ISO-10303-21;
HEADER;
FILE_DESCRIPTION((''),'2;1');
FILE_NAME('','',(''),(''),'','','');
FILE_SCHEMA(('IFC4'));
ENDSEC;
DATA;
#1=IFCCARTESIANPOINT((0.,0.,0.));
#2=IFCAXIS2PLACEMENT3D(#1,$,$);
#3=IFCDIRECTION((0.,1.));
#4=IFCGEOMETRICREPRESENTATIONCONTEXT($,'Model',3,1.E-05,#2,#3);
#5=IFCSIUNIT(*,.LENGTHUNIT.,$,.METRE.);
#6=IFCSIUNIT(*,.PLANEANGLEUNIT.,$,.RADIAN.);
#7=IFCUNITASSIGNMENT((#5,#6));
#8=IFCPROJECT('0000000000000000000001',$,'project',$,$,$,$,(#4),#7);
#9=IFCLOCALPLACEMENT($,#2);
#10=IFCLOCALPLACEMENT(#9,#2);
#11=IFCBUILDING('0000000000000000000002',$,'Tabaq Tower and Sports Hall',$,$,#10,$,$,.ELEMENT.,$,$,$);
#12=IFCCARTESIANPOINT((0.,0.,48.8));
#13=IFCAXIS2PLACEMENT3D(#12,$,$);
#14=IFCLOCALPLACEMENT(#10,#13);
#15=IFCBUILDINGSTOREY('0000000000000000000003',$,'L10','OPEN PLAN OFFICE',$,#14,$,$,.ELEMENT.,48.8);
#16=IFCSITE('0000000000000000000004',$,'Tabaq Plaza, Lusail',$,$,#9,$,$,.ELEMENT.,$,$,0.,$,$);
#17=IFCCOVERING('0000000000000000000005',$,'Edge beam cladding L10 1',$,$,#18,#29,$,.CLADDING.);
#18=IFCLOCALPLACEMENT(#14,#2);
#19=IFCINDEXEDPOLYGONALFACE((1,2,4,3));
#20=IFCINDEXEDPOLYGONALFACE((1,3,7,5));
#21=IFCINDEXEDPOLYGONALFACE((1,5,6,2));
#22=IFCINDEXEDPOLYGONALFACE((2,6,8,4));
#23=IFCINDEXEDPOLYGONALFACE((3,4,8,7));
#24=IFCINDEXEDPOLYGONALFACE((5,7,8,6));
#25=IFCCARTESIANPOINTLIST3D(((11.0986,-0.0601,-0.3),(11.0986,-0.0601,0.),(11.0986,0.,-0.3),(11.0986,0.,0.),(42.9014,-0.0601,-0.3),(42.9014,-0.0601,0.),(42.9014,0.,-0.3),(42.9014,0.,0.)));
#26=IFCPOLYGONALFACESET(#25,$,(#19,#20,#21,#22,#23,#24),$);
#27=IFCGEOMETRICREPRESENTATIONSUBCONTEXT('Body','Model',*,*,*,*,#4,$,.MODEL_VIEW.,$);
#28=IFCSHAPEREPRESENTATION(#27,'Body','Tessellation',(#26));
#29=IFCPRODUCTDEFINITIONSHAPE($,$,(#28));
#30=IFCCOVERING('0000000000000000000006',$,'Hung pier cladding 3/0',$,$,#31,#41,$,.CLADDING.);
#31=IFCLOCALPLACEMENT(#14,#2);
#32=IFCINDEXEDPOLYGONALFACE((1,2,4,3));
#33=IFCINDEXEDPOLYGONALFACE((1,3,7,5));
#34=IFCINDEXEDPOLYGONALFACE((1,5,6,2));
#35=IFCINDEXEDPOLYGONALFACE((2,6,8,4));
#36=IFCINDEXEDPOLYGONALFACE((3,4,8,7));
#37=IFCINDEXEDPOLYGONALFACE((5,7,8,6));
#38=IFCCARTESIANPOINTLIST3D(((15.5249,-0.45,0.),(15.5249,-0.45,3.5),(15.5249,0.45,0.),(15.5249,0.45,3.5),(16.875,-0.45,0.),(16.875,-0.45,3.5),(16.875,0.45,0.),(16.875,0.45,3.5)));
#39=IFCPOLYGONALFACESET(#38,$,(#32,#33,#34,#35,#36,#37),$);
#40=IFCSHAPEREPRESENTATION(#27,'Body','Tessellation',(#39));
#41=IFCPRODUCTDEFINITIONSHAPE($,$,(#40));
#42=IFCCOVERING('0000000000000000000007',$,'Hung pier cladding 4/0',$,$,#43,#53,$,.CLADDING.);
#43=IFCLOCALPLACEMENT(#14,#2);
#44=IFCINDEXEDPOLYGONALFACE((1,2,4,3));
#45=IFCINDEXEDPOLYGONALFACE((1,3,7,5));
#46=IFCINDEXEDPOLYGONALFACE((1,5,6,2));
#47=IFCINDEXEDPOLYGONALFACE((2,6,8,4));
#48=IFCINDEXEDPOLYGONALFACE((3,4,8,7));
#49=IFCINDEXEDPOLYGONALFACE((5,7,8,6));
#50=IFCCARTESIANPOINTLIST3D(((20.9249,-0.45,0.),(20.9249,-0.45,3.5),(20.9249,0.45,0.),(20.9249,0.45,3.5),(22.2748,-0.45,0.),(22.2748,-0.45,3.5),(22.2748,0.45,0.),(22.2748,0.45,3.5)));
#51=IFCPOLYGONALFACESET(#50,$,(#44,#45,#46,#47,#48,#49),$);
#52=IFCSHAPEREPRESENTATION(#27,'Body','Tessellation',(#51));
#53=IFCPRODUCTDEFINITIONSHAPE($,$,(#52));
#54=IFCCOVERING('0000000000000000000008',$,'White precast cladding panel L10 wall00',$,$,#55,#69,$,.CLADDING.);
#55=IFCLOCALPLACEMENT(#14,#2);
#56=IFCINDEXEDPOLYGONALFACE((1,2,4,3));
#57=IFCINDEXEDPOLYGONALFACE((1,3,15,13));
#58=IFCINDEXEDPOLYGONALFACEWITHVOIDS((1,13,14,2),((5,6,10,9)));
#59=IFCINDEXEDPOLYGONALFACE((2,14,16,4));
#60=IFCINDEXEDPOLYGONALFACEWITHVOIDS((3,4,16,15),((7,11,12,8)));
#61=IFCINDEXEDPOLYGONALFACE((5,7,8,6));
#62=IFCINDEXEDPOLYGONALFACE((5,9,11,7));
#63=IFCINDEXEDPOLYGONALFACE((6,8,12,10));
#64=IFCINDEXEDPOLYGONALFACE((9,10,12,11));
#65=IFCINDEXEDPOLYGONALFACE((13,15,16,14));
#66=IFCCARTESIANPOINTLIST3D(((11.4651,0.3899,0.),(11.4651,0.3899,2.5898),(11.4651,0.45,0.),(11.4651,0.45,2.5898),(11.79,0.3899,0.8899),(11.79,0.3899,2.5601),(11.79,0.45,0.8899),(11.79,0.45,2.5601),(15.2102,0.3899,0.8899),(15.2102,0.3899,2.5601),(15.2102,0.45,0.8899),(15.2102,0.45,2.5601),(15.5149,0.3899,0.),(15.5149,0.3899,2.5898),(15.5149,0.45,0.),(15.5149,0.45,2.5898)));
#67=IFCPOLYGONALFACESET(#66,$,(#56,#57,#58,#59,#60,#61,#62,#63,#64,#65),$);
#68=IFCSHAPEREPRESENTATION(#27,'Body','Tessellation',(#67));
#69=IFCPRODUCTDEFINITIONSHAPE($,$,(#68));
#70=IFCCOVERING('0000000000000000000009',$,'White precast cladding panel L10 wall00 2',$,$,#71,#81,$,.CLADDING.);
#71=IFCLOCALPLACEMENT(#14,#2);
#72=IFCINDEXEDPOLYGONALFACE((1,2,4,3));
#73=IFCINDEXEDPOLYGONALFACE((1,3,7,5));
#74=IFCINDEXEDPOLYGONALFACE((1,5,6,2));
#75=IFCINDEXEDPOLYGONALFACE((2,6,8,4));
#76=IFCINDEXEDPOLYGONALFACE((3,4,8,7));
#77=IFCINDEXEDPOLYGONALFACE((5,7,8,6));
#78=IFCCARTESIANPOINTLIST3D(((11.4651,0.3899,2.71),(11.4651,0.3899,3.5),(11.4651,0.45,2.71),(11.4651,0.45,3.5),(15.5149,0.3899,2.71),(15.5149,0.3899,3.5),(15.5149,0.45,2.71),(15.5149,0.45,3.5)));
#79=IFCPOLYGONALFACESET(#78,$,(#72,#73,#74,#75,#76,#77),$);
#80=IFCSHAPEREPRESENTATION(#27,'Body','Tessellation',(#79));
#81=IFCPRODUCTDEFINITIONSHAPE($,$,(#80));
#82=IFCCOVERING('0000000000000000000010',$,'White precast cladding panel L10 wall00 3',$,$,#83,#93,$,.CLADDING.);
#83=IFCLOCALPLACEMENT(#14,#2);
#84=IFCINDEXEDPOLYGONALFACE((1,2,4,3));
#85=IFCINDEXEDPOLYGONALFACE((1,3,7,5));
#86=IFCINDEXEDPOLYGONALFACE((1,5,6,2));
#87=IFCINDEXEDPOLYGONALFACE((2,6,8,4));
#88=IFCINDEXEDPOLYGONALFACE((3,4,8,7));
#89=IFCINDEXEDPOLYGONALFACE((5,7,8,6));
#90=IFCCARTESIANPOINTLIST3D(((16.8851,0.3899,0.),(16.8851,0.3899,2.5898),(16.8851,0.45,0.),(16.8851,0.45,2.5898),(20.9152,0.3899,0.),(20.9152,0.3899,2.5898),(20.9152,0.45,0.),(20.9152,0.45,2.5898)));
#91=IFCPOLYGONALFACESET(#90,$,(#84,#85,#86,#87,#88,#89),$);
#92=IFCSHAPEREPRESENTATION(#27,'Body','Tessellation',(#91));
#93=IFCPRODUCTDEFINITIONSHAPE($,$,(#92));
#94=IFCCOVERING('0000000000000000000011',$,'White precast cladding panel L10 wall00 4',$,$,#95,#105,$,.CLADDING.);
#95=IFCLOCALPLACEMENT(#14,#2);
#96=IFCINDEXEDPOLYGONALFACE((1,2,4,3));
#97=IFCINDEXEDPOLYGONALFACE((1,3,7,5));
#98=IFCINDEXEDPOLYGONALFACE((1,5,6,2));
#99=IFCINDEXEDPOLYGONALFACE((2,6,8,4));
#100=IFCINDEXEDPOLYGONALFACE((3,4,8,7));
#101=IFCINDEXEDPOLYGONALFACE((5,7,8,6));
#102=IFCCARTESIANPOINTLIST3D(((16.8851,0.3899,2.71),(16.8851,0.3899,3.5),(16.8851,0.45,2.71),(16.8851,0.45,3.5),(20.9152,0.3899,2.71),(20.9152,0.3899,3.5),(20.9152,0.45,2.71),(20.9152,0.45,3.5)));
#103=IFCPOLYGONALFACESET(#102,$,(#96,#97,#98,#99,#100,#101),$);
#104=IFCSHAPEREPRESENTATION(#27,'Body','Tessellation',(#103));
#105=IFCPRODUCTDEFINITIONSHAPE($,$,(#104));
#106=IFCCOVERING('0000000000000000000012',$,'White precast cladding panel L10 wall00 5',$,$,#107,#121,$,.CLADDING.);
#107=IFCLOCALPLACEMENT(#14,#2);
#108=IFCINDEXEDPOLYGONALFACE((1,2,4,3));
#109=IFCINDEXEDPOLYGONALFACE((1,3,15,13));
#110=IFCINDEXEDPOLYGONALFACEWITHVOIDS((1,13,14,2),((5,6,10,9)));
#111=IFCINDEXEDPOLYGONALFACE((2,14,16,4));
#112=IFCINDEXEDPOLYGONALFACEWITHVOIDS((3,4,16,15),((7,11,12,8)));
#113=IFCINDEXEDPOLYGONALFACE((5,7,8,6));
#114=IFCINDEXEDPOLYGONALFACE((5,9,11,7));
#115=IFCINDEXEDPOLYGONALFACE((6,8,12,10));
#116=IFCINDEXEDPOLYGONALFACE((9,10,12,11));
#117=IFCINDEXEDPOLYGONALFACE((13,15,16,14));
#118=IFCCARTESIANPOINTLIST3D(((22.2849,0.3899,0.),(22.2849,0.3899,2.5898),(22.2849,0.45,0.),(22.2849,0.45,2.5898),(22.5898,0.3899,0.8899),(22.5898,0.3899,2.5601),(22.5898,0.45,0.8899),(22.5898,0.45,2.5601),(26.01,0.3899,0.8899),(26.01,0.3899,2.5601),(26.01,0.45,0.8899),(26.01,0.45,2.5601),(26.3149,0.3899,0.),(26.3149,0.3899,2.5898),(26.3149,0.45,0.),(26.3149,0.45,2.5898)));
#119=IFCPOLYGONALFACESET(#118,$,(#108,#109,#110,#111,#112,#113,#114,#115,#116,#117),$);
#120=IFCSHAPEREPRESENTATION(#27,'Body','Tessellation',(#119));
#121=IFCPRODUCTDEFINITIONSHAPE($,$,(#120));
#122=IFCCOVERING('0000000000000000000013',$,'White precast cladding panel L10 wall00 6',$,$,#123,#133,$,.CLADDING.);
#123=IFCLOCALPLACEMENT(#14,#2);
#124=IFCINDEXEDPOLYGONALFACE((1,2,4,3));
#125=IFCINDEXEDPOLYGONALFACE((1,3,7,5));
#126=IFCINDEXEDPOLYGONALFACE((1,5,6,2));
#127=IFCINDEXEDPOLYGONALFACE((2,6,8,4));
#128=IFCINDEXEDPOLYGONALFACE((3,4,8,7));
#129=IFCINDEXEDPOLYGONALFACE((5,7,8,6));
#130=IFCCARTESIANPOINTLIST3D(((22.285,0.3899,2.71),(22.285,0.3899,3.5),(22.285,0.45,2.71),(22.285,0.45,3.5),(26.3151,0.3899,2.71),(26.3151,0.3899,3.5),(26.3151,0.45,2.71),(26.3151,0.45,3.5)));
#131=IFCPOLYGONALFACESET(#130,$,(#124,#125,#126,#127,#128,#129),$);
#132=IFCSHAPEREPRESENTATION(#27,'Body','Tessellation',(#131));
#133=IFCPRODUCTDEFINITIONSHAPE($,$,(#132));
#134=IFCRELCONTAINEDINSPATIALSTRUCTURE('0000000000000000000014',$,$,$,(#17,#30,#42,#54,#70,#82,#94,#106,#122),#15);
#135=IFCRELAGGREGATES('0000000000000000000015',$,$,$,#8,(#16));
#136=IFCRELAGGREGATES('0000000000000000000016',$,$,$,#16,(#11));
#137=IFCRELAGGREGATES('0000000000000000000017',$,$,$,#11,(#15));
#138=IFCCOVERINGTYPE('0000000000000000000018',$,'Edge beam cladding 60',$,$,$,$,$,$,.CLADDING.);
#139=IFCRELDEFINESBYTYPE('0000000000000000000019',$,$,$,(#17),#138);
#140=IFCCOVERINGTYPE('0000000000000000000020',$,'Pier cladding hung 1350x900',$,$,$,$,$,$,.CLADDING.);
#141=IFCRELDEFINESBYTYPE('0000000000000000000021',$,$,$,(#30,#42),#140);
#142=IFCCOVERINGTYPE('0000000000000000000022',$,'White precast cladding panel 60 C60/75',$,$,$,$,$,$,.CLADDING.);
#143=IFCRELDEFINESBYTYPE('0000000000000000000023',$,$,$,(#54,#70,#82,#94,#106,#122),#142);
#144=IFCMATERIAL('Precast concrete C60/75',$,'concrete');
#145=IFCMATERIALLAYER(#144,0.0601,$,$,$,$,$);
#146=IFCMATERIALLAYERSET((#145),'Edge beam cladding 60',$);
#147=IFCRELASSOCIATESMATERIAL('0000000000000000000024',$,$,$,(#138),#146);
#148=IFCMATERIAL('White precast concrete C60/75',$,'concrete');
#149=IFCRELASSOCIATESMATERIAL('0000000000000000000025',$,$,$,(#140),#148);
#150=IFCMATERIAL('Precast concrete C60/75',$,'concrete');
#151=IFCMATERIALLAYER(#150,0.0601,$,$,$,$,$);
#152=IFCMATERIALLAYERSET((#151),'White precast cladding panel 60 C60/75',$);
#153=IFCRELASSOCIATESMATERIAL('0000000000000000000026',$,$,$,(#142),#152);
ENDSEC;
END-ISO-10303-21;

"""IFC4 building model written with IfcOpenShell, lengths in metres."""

from ifc_helpers import new_model, si_unit, direction, frame, frame_2d, origin, place, context, subcontext, project, spatial, polyline, rectangle, outline, extrude, material, layer, layer_set, type_object, element, save


model = new_model("IFC4")

# Units and contexts
model_context = context("Model", 3, precision=1e-05, world=origin(), true_north=direction((0.0, 1.0)))
body_context = subcontext(model_context, "Body", "Model", "MODEL_VIEW")
ifc_project = project(units=[si_unit("LENGTHUNIT", "METRE"), si_unit("PLANEANGLEUNIT", "RADIAN")], contexts=[model_context])

# Site, building, storey
site_placement = place(None, origin())
site = spatial("IfcSite", under=ifc_project, at=site_placement, Name="Tabaq Plaza, Lusail", CompositionType="ELEMENT", RefElevation=0.0)
building_placement = place(site_placement, origin())
building = spatial("IfcBuilding", under=site, at=building_placement, Name="Tabaq Tower and Sports Hall", CompositionType="ELEMENT")
storey_placement = place(building_placement, frame((0.0, 0.0, 48.8)))
storey = spatial("IfcBuildingStorey", under=building, at=storey_placement, Name="L10", Description="OPEN PLAN OFFICE", CompositionType="ELEMENT", Elevation=48.8)

# Coverings
ifc_material_1 = material(Name="Precast concrete C60/75", Category="concrete")
ifc_layer_1 = layer(ifc_material_1, 0.0601)
ifc_layer_set_1 = layer_set([ifc_layer_1], Name="Edge beam cladding 60")
covering_type_1 = type_object("IfcCoveringType", Name="Edge beam cladding 60", PredefinedType="CLADDING", material=ifc_layer_set_1)
covering_1_placement = place(storey_placement, frame((11.0986, -0.03, -0.3), z_axis=(0.0, 0.0, 1.0), x_axis=(1.0, 0.0, 0.0)))
element("IfcCovering", 1, at=covering_1_placement, inside=storey, type_object=covering_type_1, Name="Edge beam cladding L10 1", PredefinedType="CLADDING", context=body_context, shape_type="SweptSolid", body=[
    extrude(rectangle(XDim=31.8027, YDim=0.0601, at=frame_2d((15.9014, 0.0))), origin(), (0.0, 0.0, 1.0), 0.3),
])
ifc_material_2 = material(Name="White precast concrete C60/75", Category="concrete")
covering_type_2 = type_object("IfcCoveringType", Name="Pier cladding hung 1350x900", PredefinedType="CLADDING", material=ifc_material_2)
covering_2_placement = place(storey_placement, frame((15.5249, 0.0, 0.0), z_axis=(0.0, 0.0, 1.0), x_axis=(1.0, 0.0, 0.0)))
element("IfcCovering", 2, at=covering_2_placement, inside=storey, type_object=covering_type_2, Name="Hung pier cladding 3/0", PredefinedType="CLADDING", context=body_context, shape_type="SweptSolid", body=[
    extrude(rectangle(XDim=1.3501, YDim=0.8999, at=frame_2d((0.675, 0.0))), origin(), (0.0, 0.0, 1.0), 3.5),
])
covering_3_placement = place(storey_placement, frame((20.925, 0.0, 0.0), z_axis=(0.0, 0.0, 1.0), x_axis=(1.0, 0.0, 0.0)))
element("IfcCovering", 3, at=covering_3_placement, inside=storey, type_object=covering_type_2, Name="Hung pier cladding 4/0", PredefinedType="CLADDING", context=body_context, shape_type="SweptSolid", body=[
    extrude(rectangle(XDim=1.3499, YDim=0.8999, at=frame_2d((0.6748, 0.0))), origin(), (0.0, 0.0, 1.0), 3.5),
])
ifc_material_3 = material(Name="Precast concrete C60/75", Category="concrete")
ifc_layer_2 = layer(ifc_material_3, 0.0601)
ifc_layer_set_2 = layer_set([ifc_layer_2], Name="White precast cladding panel 60 C60/75")
covering_type_3 = type_object("IfcCoveringType", Name="White precast cladding panel 60 C60/75", PredefinedType="CLADDING", material=ifc_layer_set_2)
covering_4_placement = place(storey_placement, frame((11.4651, 0.4199, 0.0), z_axis=(0.0, 0.0, 1.0), x_axis=(1.0, 0.0, 0.0)))
element("IfcCovering", 4, at=covering_4_placement, inside=storey, type_object=covering_type_3, Name="White precast cladding panel L10 wall00", PredefinedType="CLADDING", context=body_context, shape_type="SweptSolid", body=[
    extrude(outline(polyline([(0.0, 0.0), (4.0498, 0.0), (4.0498, 2.5898), (0.0, 2.5898), (0.0, 0.0)]), holes=[polyline([(3.7451, 0.8899), (0.325, 0.8899), (0.325, 2.5601), (3.7451, 2.5601), (3.7451, 0.8899)])]), frame((0.0, 0.03, 0.0), z_axis=(0.0, -1.0, 0.0), x_axis=(1.0, 0.0, 0.0)), (0.0, 0.0, 1.0), 0.0601),
])
covering_5_placement = place(storey_placement, frame((11.4651, 0.4199, 2.71), z_axis=(0.0, 0.0, 1.0), x_axis=(1.0, 0.0, 0.0)))
element("IfcCovering", 5, at=covering_5_placement, inside=storey, type_object=covering_type_3, Name="White precast cladding panel L10 wall00 2", PredefinedType="CLADDING", context=body_context, shape_type="SweptSolid", body=[
    extrude(rectangle(XDim=4.0498, YDim=0.0601, at=frame_2d((2.0249, 0.0))), origin(), (0.0, 0.0, 1.0), 0.79),
])
covering_6_placement = place(storey_placement, frame((16.885, 0.4199, 0.0), z_axis=(0.0, 0.0, 1.0), x_axis=(1.0, 0.0, 0.0)))
element("IfcCovering", 6, at=covering_6_placement, inside=storey, type_object=covering_type_3, Name="White precast cladding panel L10 wall00 3", PredefinedType="CLADDING", context=body_context, shape_type="SweptSolid", body=[
    extrude(rectangle(XDim=4.03, YDim=0.0601, at=frame_2d((2.0151, 0.0))), origin(), (0.0, 0.0, 1.0), 2.5898),
])
covering_7_placement = place(storey_placement, frame((16.885, 0.4199, 2.71), z_axis=(0.0, 0.0, 1.0), x_axis=(1.0, 0.0, 0.0)))
element("IfcCovering", 7, at=covering_7_placement, inside=storey, type_object=covering_type_3, Name="White precast cladding panel L10 wall00 4", PredefinedType="CLADDING", context=body_context, shape_type="SweptSolid", body=[
    extrude(rectangle(XDim=4.03, YDim=0.0601, at=frame_2d((2.0151, 0.0))), origin(), (0.0, 0.0, 1.0), 0.79),
])
covering_8_placement = place(storey_placement, frame((22.2849, 0.4199, 0.0), z_axis=(0.0, 0.0, 1.0), x_axis=(1.0, 0.0, 0.0)))
element("IfcCovering", 8, at=covering_8_placement, inside=storey, type_object=covering_type_3, Name="White precast cladding panel L10 wall00 5", PredefinedType="CLADDING", context=body_context, shape_type="SweptSolid", body=[
    extrude(outline(polyline([(0.0, 0.0), (4.03, 0.0), (4.03, 2.5898), (0.0, 2.5898), (0.0, 0.0)]), holes=[polyline([(3.7251, 0.8899), (0.3049, 0.8899), (0.3049, 2.5601), (3.7251, 2.5601), (3.7251, 0.8899)])]), frame((0.0, 0.03, 0.0), z_axis=(0.0, -1.0, 0.0), x_axis=(1.0, 0.0, 0.0)), (0.0, 0.0, 1.0), 0.0601),
])
covering_9_placement = place(storey_placement, frame((22.2849, 0.4199, 2.71), z_axis=(0.0, 0.0, 1.0), x_axis=(1.0, 0.0, 0.0)))
element("IfcCovering", 9, at=covering_9_placement, inside=storey, type_object=covering_type_3, Name="White precast cladding panel L10 wall00 6", PredefinedType="CLADDING", context=body_context, shape_type="SweptSolid", body=[
    extrude(rectangle(XDim=4.03, YDim=0.0601, at=frame_2d((2.0151, 0.0))), origin(), (0.0, 0.0, 1.0), 0.79),
])

save(model, "model.ifc")
